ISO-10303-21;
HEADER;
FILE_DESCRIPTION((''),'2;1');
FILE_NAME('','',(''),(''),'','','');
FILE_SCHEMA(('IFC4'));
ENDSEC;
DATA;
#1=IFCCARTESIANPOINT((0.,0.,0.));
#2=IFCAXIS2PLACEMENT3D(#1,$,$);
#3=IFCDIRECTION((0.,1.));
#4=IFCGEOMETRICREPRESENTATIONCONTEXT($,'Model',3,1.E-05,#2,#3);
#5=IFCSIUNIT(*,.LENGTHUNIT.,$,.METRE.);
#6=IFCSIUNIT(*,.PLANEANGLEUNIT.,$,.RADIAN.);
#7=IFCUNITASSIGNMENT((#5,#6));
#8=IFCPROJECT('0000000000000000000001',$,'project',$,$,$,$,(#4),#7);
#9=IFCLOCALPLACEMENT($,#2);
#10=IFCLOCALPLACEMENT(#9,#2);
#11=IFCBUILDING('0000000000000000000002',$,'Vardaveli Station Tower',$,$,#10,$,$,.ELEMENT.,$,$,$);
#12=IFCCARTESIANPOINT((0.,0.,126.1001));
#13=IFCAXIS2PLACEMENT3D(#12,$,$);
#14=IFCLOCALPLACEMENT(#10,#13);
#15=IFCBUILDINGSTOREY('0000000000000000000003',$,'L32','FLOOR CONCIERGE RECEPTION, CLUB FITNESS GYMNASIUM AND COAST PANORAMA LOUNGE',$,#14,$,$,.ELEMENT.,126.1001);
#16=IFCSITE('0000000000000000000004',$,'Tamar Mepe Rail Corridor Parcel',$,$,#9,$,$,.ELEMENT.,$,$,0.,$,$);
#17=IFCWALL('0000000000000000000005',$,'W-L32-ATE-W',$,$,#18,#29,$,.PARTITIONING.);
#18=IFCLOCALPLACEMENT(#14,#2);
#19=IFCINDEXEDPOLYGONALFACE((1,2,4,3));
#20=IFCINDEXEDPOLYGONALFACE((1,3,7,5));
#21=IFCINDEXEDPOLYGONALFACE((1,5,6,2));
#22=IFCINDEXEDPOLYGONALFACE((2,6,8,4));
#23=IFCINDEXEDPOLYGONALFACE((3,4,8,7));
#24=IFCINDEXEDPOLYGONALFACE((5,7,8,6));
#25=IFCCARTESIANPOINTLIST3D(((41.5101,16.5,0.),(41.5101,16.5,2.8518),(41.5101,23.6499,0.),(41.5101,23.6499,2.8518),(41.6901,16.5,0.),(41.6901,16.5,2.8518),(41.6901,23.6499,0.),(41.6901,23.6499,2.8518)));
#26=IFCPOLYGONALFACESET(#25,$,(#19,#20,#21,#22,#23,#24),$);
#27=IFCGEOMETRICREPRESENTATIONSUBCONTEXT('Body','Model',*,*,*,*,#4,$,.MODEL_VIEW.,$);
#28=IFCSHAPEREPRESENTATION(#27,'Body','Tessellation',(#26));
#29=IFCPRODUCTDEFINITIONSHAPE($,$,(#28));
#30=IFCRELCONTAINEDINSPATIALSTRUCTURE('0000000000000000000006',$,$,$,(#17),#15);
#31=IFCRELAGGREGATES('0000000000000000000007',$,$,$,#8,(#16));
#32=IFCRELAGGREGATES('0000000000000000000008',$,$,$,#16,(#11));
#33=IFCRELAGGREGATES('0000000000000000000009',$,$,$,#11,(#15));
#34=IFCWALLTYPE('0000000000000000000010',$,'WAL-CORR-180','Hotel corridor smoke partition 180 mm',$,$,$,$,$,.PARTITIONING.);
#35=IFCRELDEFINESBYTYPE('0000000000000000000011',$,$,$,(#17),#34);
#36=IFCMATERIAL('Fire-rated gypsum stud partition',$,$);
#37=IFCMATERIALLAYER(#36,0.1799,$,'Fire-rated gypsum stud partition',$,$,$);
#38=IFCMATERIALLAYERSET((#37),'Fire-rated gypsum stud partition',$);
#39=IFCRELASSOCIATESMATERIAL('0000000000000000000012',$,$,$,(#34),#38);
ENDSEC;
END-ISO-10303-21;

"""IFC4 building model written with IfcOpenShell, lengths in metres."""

from ifc_helpers import new_model, si_unit, direction, frame, frame_2d, origin, place, context, subcontext, project, spatial, rectangle, extrude, source, transform, mapped, material, layer, layer_set, type_object, element, save


model = new_model("IFC4")

# Units and contexts
model_context = context("Model", 3, precision=1e-05, world=origin(), true_north=direction((0.0, 1.0)))
body_context = subcontext(model_context, "Body", "Model", "MODEL_VIEW")
ifc_project = project(units=[si_unit("LENGTHUNIT", "METRE"), si_unit("PLANEANGLEUNIT", "RADIAN")], contexts=[model_context])

# Site, building, storey
site_placement = place(None, origin())
site = spatial("IfcSite", under=ifc_project, at=site_placement, Name="Tamar Mepe Rail Corridor Parcel", CompositionType="ELEMENT", RefElevation=0.0)
building_placement = place(site_placement, origin())
building = spatial("IfcBuilding", under=site, at=building_placement, Name="Vardaveli Station Tower", CompositionType="ELEMENT")
storey_placement = place(building_placement, frame((0.0, 0.0, 126.1001)))
storey = spatial("IfcBuildingStorey", under=building, at=storey_placement, Name="L32", Description="FLOOR CONCIERGE RECEPTION, CLUB FITNESS GYMNASIUM AND COAST PANORAMA LOUNGE", CompositionType="ELEMENT", Elevation=126.1001)

# Shared definitions
ifc_material_1 = material(Name="Fire-rated gypsum stud partition")
ifc_layer_1 = layer(ifc_material_1, 0.1799, Name="Fire-rated gypsum stud partition")
ifc_layer_set_1 = layer_set([ifc_layer_1], Name="Fire-rated gypsum stud partition")
wall_type_1 = type_object("IfcWallType", Name="WAL-CORR-180", Description="Hotel corridor smoke partition 180 mm", PredefinedType="PARTITIONING", material=ifc_layer_set_1)

# Wall
shared_shape_1 = source(origin(), body_context, "Body", "SweptSolid", [
    extrude(rectangle(XDim=7.1499, YDim=0.1799, at=frame_2d((3.575, 0.0))), origin(), (0.0, 0.0, 1.0), 2.8518),
])
wall_1_placement = place(storey_placement, frame((41.6001, 16.5, 0.0), z_axis=(0.0, 0.0, 1.0), x_axis=(0.0, 1.0, 0.0)))
element("IfcWall", 1, at=wall_1_placement, inside=storey, type_object=wall_type_1, Name="W-L32-ATE-W", PredefinedType="PARTITIONING", context=body_context, shape_type="MappedRepresentation", body=[
    mapped(shared_shape_1, transform((0.0, 0.0, 0.0), scale=1.0)),
])

save(model, "model.ifc")
